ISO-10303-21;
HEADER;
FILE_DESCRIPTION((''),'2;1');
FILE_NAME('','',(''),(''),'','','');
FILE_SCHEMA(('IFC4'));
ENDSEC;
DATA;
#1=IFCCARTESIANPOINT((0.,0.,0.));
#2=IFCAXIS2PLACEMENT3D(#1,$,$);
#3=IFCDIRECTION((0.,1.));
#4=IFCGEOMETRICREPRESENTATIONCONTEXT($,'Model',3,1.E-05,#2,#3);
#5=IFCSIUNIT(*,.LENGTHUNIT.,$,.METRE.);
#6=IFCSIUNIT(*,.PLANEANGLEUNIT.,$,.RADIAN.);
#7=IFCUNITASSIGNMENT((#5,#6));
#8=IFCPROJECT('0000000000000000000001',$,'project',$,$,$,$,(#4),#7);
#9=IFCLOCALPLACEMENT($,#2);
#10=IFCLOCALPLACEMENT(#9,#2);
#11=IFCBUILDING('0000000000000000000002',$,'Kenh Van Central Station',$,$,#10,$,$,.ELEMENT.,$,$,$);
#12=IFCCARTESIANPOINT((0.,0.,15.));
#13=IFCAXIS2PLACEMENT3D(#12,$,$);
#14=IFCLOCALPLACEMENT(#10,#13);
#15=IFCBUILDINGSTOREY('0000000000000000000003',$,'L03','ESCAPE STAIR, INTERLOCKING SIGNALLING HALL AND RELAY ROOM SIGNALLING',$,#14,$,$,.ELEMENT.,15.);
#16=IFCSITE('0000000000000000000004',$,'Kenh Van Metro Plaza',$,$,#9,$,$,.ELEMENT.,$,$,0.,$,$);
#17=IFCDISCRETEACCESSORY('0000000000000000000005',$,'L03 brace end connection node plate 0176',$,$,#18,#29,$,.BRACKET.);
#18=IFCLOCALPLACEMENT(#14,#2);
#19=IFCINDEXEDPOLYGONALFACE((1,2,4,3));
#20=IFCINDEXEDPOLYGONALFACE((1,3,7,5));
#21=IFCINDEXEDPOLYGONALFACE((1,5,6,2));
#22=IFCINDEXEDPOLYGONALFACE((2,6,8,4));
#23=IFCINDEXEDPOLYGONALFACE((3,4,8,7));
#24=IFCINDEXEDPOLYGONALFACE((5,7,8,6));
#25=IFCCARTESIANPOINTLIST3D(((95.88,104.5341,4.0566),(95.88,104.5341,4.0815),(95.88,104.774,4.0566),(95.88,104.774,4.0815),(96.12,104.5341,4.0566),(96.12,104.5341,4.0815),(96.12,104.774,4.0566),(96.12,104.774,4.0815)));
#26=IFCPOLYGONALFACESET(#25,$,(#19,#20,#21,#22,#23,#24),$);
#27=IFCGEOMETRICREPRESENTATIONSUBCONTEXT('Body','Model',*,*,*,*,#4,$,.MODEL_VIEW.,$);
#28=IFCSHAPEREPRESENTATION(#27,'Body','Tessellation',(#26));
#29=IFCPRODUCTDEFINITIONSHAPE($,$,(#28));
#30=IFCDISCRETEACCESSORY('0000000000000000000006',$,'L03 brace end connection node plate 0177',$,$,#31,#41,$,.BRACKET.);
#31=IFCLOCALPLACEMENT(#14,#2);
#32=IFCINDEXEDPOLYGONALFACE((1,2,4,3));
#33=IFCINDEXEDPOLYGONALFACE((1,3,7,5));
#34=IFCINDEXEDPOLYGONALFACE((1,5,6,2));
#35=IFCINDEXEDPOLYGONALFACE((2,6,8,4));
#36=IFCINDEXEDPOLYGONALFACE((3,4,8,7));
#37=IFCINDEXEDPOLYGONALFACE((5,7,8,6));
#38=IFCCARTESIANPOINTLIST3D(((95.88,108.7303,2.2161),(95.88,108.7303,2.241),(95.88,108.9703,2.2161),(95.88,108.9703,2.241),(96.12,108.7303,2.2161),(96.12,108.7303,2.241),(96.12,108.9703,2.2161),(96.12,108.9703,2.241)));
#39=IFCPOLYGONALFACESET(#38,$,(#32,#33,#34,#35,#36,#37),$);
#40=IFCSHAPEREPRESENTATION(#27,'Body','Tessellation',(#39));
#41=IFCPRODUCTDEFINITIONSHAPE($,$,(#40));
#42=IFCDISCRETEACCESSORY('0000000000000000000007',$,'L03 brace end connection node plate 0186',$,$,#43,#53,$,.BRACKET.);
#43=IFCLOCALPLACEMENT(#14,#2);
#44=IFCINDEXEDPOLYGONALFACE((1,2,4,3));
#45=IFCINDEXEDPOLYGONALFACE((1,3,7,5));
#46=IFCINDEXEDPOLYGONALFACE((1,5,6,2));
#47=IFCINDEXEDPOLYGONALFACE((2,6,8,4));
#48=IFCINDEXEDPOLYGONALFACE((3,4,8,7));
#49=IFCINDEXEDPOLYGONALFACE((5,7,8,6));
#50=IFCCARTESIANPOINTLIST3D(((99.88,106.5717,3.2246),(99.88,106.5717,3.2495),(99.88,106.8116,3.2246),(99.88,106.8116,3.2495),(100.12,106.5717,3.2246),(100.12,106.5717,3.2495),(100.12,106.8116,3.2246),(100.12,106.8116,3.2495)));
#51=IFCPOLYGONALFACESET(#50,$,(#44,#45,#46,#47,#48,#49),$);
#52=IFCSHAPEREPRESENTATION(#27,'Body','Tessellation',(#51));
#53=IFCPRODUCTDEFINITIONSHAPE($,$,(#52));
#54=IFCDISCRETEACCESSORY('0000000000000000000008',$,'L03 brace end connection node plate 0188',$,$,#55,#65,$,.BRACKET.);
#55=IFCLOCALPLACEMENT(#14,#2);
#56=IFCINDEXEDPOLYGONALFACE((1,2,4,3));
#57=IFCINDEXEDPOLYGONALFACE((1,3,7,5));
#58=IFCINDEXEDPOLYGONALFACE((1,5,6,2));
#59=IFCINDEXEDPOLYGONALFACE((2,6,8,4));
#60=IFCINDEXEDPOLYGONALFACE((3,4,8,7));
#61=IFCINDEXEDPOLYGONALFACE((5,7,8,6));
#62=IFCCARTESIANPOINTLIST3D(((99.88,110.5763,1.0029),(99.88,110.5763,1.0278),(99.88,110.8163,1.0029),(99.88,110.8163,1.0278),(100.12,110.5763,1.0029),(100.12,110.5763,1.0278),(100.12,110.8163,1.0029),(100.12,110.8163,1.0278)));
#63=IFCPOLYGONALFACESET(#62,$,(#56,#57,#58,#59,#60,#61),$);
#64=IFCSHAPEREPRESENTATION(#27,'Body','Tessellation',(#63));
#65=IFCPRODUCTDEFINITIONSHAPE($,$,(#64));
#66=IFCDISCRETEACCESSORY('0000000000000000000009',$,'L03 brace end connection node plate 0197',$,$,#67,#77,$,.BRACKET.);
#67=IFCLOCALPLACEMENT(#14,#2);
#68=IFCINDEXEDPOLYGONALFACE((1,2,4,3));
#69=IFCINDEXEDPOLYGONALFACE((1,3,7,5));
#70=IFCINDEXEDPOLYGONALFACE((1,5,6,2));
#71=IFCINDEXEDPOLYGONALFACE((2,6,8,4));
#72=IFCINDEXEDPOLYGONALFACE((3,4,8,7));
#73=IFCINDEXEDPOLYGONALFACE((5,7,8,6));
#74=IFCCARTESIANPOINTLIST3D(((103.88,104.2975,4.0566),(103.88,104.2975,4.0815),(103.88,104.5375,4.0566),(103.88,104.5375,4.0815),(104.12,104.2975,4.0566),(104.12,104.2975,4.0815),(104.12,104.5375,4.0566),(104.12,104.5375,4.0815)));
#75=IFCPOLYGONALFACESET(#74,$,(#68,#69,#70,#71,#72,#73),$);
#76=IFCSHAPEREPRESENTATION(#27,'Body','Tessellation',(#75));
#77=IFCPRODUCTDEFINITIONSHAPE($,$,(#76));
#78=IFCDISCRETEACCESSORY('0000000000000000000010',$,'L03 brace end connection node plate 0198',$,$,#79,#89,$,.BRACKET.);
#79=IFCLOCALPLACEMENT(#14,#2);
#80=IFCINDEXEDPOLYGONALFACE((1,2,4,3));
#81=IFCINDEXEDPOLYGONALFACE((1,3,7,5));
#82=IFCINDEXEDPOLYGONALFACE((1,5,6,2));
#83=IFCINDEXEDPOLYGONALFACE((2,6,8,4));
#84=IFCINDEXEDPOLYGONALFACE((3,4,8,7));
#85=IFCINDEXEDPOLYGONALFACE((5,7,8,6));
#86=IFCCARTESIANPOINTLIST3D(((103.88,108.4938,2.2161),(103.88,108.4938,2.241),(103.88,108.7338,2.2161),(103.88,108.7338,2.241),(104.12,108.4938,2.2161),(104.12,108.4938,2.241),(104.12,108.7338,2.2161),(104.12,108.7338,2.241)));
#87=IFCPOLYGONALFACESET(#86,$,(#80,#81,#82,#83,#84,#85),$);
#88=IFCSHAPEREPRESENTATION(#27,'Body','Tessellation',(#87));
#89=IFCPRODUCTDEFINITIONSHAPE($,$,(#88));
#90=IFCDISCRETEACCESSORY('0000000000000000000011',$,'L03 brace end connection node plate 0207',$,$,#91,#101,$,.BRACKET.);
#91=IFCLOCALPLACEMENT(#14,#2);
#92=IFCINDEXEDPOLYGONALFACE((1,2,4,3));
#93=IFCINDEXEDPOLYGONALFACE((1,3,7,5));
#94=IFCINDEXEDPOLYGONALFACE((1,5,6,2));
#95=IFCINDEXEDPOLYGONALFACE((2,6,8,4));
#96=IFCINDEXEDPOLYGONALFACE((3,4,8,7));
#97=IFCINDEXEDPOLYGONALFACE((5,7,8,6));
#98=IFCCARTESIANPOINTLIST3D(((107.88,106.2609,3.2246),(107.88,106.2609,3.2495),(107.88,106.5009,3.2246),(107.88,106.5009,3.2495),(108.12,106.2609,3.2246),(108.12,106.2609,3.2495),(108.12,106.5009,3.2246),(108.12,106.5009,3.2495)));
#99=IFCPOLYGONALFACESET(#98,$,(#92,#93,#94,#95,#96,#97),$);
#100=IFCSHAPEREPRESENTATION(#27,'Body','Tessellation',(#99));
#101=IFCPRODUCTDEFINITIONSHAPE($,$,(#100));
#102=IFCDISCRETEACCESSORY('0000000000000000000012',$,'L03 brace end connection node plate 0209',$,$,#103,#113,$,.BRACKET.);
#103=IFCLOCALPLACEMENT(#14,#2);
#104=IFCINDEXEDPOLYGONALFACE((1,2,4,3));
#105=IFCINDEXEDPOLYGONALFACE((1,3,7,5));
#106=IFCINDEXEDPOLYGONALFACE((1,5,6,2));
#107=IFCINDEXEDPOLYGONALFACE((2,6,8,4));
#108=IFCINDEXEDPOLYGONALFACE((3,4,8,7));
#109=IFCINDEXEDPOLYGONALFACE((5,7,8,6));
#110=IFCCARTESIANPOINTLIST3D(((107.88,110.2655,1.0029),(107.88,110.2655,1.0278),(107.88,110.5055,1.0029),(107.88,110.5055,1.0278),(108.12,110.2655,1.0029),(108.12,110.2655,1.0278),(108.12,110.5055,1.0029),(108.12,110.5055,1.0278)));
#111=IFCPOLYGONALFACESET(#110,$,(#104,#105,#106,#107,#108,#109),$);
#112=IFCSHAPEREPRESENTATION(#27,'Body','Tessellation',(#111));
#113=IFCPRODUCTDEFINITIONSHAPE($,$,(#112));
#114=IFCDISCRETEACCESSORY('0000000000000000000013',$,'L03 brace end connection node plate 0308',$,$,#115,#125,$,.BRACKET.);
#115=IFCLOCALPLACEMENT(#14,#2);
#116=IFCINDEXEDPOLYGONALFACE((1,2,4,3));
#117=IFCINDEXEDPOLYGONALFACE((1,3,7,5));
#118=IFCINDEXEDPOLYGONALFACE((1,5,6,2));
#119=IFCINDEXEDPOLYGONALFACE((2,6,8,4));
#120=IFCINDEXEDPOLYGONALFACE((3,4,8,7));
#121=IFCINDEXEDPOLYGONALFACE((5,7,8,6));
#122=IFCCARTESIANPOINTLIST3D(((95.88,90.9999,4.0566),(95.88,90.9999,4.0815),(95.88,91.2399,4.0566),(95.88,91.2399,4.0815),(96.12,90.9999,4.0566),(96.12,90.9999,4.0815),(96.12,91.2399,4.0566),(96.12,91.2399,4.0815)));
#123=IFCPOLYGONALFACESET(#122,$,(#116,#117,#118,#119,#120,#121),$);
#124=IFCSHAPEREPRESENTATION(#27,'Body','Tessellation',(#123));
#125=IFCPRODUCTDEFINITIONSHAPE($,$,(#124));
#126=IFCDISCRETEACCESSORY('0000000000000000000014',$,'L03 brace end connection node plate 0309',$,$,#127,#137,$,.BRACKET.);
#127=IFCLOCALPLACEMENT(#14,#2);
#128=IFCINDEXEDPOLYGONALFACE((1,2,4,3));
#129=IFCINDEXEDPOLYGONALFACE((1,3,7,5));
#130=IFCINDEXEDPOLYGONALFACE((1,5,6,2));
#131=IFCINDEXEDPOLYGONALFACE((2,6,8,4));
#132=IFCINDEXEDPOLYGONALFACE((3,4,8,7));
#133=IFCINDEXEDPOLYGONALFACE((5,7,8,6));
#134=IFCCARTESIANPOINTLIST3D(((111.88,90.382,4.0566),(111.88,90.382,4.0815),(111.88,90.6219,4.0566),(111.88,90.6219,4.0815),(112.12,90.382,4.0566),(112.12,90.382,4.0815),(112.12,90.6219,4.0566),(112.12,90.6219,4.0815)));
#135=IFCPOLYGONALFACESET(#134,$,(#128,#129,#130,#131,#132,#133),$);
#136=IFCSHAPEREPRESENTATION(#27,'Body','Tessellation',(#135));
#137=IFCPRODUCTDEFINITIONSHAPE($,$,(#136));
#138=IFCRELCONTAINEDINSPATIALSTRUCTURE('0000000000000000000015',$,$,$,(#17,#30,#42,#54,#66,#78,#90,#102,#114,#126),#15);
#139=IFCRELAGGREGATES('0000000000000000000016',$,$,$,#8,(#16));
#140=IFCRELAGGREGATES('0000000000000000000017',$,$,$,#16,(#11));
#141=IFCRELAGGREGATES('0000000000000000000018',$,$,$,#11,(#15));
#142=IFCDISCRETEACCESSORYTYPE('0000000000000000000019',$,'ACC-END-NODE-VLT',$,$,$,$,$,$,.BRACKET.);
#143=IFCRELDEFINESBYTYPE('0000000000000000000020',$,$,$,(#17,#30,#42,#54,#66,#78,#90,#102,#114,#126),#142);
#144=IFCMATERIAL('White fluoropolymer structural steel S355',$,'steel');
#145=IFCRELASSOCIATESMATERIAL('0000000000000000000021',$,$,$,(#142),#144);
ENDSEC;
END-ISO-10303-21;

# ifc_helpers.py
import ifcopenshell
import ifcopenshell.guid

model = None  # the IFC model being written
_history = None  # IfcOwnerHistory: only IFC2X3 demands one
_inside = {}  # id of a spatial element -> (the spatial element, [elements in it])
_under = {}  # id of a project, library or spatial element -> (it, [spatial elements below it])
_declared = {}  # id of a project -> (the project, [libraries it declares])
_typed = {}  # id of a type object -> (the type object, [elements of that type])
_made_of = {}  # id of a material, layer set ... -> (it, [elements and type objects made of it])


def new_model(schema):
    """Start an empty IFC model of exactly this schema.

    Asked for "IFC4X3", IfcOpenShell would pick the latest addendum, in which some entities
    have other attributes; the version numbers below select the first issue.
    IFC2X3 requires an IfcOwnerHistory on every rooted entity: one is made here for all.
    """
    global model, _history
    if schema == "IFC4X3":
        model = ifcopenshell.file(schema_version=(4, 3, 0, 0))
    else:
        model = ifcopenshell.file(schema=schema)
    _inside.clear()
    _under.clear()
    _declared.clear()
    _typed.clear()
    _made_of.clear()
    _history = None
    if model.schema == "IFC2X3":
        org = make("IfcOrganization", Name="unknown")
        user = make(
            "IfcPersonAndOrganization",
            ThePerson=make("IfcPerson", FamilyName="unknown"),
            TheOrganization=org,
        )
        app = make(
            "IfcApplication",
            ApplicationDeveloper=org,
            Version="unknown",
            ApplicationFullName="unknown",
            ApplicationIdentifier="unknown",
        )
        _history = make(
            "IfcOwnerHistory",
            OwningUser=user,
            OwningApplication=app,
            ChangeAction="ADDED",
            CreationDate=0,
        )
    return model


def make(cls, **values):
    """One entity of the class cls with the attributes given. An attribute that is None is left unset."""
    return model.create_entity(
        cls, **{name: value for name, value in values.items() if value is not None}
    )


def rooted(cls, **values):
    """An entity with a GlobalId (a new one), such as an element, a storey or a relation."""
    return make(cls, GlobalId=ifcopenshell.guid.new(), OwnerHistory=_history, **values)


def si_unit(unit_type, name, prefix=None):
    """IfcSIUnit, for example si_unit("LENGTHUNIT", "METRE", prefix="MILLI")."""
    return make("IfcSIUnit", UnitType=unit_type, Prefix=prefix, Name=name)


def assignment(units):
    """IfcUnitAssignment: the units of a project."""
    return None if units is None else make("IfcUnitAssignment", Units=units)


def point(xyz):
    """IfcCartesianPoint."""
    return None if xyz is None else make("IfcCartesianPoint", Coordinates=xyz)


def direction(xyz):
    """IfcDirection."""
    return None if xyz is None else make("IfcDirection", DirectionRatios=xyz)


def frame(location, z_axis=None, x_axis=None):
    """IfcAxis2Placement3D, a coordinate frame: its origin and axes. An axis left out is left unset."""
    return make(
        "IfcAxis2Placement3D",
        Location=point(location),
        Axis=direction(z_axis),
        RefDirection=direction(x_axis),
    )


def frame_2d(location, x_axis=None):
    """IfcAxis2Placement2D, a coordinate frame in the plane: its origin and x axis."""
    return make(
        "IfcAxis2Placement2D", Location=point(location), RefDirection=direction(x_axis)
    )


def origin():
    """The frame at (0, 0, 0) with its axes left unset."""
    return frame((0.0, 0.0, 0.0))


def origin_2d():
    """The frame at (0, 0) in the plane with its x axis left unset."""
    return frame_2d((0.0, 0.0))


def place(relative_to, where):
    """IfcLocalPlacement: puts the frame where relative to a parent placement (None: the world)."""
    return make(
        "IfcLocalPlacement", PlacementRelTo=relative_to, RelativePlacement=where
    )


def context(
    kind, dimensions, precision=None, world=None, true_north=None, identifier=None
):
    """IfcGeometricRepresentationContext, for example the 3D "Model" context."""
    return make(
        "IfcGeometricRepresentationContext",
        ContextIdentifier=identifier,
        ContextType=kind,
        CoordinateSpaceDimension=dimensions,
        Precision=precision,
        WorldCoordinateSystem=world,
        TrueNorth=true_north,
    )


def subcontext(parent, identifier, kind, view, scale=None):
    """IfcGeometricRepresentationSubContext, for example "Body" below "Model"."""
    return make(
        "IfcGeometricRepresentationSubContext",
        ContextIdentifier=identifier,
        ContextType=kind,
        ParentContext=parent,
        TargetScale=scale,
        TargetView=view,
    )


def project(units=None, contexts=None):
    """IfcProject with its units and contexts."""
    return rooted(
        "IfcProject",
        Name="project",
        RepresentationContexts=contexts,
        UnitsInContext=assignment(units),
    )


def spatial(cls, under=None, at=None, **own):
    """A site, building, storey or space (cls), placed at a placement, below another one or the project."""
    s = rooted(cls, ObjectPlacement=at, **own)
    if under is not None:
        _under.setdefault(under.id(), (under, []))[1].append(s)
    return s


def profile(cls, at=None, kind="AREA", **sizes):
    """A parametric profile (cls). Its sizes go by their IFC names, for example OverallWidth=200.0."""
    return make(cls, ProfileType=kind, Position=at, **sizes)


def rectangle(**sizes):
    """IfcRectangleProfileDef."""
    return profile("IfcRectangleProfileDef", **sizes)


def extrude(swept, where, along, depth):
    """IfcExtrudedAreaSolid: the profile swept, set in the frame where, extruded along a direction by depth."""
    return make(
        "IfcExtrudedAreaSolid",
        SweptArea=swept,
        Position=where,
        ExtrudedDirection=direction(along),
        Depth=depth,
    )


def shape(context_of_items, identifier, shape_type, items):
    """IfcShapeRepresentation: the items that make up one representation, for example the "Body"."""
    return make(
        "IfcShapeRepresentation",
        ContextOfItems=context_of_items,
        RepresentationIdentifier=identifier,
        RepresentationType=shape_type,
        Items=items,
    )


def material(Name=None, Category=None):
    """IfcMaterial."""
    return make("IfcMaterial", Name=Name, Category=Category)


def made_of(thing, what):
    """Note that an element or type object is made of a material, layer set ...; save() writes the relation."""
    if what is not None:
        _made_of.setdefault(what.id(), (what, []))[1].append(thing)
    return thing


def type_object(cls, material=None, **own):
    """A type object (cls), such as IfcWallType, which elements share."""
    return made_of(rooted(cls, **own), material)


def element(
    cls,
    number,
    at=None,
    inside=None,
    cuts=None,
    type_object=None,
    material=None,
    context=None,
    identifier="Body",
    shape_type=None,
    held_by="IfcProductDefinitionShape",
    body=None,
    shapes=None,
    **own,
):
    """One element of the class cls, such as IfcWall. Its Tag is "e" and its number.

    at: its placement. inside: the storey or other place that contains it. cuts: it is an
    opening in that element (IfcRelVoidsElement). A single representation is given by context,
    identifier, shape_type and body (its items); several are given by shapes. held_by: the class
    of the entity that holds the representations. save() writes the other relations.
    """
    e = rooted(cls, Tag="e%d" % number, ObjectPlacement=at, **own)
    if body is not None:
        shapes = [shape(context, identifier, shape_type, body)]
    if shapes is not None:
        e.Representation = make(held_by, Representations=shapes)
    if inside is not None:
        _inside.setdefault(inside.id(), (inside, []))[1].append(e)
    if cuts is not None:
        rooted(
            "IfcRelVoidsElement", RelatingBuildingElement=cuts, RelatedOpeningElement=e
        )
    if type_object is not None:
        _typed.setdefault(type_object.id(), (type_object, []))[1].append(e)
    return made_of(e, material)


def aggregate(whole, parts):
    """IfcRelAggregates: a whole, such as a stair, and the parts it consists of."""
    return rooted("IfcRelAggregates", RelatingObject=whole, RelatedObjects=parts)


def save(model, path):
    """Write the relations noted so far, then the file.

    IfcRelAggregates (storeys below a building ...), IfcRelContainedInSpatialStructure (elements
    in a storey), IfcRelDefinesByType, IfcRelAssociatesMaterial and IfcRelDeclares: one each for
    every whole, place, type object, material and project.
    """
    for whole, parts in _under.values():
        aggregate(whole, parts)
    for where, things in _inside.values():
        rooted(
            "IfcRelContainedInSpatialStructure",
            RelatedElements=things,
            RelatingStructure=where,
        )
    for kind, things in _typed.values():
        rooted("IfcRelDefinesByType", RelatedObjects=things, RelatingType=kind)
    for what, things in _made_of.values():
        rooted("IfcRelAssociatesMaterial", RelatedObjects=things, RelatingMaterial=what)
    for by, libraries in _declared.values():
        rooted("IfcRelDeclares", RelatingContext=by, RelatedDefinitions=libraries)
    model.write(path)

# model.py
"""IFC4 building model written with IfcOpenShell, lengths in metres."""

from ifc_helpers import new_model, si_unit, direction, frame, origin, origin_2d, place, context, subcontext, project, spatial, rectangle, extrude, material, type_object, element, save


model = new_model("IFC4")

# Units and contexts
model_context = context("Model", 3, precision=1e-05, world=origin(), true_north=direction((0.0, 1.0)))
body_context = subcontext(model_context, "Body", "Model", "MODEL_VIEW")
ifc_project = project(units=[si_unit("LENGTHUNIT", "METRE"), si_unit("PLANEANGLEUNIT", "RADIAN")], contexts=[model_context])

# Site, building, storey
site_placement = place(None, origin())
site = spatial("IfcSite", under=ifc_project, at=site_placement, Name="Kenh Van Metro Plaza", CompositionType="ELEMENT", RefElevation=0.0)
building_placement = place(site_placement, origin())
building = spatial("IfcBuilding", under=site, at=building_placement, Name="Kenh Van Central Station", CompositionType="ELEMENT")
storey_placement = place(building_placement, frame((0.0, 0.0, 15.0)))
storey = spatial("IfcBuildingStorey", under=building, at=storey_placement, Name="L03", Description="ESCAPE STAIR, INTERLOCKING SIGNALLING HALL AND RELAY ROOM SIGNALLING", CompositionType="ELEMENT", Elevation=15.0)

# Shared definitions
ifc_material_1 = material(Name="White fluoropolymer structural steel S355", Category="steel")

# Discrete accessories
discrete_accessory_type = type_object("IfcDiscreteAccessoryType", Name="ACC-END-NODE-VLT", PredefinedType="BRACKET", material=ifc_material_1)
for number, where, z_axis, x_axis, name in (
    (1, (96.0, 104.6541, 4.0566), (0.0, 0.0, 1.0), (1.0, 0.0, 0.0), "L03 brace end connection node plate 0176"),
    (2, (96.0, 108.8503, 2.2161), (0.0, 0.0, 1.0), (1.0, 0.0, 0.0), "L03 brace end connection node plate 0177"),
    (3, (100.0, 106.6917, 3.2246), (0.0, 0.0, 1.0), (1.0, 0.0, 0.0), "L03 brace end connection node plate 0186"),
    (4, (100.0, 110.6963, 1.0029), (0.0, 0.0, 1.0), (1.0, 0.0, 0.0), "L03 brace end connection node plate 0188"),
    (5, (104.0, 104.4175, 4.0566), (0.0, 0.0, 1.0), (1.0, 0.0, 0.0), "L03 brace end connection node plate 0197"),
    (6, (104.0, 108.6138, 2.2161), (0.0, 0.0, 1.0), (1.0, 0.0, 0.0), "L03 brace end connection node plate 0198"),
    (7, (108.0, 106.3809, 3.2246), (0.0, 0.0, 1.0), (1.0, 0.0, 0.0), "L03 brace end connection node plate 0207"),
    (8, (108.0, 110.3855, 1.0029), (0.0, 0.0, 1.0), (1.0, 0.0, 0.0), "L03 brace end connection node plate 0209"),
    (9, (96.0, 91.1199, 4.0566), (0.0, 0.0, 1.0), (1.0, 0.0, 0.0), "L03 brace end connection node plate 0308"),
    (10, (112.0, 90.502, 4.0566), (0.0, 0.0, 1.0), (1.0, 0.0, 0.0), "L03 brace end connection node plate 0309"),
):
    element("IfcDiscreteAccessory", number, at=place(storey_placement, frame(where, z_axis=z_axis, x_axis=x_axis)), inside=storey, type_object=discrete_accessory_type, Name=name, PredefinedType="BRACKET", context=body_context, shape_type="SweptSolid", body=[
        extrude(rectangle(XDim=0.24, YDim=0.24, at=origin_2d()), origin(), (0.0, 0.0, 1.0), 0.0249),
    ])

save(model, "model.ifc")
